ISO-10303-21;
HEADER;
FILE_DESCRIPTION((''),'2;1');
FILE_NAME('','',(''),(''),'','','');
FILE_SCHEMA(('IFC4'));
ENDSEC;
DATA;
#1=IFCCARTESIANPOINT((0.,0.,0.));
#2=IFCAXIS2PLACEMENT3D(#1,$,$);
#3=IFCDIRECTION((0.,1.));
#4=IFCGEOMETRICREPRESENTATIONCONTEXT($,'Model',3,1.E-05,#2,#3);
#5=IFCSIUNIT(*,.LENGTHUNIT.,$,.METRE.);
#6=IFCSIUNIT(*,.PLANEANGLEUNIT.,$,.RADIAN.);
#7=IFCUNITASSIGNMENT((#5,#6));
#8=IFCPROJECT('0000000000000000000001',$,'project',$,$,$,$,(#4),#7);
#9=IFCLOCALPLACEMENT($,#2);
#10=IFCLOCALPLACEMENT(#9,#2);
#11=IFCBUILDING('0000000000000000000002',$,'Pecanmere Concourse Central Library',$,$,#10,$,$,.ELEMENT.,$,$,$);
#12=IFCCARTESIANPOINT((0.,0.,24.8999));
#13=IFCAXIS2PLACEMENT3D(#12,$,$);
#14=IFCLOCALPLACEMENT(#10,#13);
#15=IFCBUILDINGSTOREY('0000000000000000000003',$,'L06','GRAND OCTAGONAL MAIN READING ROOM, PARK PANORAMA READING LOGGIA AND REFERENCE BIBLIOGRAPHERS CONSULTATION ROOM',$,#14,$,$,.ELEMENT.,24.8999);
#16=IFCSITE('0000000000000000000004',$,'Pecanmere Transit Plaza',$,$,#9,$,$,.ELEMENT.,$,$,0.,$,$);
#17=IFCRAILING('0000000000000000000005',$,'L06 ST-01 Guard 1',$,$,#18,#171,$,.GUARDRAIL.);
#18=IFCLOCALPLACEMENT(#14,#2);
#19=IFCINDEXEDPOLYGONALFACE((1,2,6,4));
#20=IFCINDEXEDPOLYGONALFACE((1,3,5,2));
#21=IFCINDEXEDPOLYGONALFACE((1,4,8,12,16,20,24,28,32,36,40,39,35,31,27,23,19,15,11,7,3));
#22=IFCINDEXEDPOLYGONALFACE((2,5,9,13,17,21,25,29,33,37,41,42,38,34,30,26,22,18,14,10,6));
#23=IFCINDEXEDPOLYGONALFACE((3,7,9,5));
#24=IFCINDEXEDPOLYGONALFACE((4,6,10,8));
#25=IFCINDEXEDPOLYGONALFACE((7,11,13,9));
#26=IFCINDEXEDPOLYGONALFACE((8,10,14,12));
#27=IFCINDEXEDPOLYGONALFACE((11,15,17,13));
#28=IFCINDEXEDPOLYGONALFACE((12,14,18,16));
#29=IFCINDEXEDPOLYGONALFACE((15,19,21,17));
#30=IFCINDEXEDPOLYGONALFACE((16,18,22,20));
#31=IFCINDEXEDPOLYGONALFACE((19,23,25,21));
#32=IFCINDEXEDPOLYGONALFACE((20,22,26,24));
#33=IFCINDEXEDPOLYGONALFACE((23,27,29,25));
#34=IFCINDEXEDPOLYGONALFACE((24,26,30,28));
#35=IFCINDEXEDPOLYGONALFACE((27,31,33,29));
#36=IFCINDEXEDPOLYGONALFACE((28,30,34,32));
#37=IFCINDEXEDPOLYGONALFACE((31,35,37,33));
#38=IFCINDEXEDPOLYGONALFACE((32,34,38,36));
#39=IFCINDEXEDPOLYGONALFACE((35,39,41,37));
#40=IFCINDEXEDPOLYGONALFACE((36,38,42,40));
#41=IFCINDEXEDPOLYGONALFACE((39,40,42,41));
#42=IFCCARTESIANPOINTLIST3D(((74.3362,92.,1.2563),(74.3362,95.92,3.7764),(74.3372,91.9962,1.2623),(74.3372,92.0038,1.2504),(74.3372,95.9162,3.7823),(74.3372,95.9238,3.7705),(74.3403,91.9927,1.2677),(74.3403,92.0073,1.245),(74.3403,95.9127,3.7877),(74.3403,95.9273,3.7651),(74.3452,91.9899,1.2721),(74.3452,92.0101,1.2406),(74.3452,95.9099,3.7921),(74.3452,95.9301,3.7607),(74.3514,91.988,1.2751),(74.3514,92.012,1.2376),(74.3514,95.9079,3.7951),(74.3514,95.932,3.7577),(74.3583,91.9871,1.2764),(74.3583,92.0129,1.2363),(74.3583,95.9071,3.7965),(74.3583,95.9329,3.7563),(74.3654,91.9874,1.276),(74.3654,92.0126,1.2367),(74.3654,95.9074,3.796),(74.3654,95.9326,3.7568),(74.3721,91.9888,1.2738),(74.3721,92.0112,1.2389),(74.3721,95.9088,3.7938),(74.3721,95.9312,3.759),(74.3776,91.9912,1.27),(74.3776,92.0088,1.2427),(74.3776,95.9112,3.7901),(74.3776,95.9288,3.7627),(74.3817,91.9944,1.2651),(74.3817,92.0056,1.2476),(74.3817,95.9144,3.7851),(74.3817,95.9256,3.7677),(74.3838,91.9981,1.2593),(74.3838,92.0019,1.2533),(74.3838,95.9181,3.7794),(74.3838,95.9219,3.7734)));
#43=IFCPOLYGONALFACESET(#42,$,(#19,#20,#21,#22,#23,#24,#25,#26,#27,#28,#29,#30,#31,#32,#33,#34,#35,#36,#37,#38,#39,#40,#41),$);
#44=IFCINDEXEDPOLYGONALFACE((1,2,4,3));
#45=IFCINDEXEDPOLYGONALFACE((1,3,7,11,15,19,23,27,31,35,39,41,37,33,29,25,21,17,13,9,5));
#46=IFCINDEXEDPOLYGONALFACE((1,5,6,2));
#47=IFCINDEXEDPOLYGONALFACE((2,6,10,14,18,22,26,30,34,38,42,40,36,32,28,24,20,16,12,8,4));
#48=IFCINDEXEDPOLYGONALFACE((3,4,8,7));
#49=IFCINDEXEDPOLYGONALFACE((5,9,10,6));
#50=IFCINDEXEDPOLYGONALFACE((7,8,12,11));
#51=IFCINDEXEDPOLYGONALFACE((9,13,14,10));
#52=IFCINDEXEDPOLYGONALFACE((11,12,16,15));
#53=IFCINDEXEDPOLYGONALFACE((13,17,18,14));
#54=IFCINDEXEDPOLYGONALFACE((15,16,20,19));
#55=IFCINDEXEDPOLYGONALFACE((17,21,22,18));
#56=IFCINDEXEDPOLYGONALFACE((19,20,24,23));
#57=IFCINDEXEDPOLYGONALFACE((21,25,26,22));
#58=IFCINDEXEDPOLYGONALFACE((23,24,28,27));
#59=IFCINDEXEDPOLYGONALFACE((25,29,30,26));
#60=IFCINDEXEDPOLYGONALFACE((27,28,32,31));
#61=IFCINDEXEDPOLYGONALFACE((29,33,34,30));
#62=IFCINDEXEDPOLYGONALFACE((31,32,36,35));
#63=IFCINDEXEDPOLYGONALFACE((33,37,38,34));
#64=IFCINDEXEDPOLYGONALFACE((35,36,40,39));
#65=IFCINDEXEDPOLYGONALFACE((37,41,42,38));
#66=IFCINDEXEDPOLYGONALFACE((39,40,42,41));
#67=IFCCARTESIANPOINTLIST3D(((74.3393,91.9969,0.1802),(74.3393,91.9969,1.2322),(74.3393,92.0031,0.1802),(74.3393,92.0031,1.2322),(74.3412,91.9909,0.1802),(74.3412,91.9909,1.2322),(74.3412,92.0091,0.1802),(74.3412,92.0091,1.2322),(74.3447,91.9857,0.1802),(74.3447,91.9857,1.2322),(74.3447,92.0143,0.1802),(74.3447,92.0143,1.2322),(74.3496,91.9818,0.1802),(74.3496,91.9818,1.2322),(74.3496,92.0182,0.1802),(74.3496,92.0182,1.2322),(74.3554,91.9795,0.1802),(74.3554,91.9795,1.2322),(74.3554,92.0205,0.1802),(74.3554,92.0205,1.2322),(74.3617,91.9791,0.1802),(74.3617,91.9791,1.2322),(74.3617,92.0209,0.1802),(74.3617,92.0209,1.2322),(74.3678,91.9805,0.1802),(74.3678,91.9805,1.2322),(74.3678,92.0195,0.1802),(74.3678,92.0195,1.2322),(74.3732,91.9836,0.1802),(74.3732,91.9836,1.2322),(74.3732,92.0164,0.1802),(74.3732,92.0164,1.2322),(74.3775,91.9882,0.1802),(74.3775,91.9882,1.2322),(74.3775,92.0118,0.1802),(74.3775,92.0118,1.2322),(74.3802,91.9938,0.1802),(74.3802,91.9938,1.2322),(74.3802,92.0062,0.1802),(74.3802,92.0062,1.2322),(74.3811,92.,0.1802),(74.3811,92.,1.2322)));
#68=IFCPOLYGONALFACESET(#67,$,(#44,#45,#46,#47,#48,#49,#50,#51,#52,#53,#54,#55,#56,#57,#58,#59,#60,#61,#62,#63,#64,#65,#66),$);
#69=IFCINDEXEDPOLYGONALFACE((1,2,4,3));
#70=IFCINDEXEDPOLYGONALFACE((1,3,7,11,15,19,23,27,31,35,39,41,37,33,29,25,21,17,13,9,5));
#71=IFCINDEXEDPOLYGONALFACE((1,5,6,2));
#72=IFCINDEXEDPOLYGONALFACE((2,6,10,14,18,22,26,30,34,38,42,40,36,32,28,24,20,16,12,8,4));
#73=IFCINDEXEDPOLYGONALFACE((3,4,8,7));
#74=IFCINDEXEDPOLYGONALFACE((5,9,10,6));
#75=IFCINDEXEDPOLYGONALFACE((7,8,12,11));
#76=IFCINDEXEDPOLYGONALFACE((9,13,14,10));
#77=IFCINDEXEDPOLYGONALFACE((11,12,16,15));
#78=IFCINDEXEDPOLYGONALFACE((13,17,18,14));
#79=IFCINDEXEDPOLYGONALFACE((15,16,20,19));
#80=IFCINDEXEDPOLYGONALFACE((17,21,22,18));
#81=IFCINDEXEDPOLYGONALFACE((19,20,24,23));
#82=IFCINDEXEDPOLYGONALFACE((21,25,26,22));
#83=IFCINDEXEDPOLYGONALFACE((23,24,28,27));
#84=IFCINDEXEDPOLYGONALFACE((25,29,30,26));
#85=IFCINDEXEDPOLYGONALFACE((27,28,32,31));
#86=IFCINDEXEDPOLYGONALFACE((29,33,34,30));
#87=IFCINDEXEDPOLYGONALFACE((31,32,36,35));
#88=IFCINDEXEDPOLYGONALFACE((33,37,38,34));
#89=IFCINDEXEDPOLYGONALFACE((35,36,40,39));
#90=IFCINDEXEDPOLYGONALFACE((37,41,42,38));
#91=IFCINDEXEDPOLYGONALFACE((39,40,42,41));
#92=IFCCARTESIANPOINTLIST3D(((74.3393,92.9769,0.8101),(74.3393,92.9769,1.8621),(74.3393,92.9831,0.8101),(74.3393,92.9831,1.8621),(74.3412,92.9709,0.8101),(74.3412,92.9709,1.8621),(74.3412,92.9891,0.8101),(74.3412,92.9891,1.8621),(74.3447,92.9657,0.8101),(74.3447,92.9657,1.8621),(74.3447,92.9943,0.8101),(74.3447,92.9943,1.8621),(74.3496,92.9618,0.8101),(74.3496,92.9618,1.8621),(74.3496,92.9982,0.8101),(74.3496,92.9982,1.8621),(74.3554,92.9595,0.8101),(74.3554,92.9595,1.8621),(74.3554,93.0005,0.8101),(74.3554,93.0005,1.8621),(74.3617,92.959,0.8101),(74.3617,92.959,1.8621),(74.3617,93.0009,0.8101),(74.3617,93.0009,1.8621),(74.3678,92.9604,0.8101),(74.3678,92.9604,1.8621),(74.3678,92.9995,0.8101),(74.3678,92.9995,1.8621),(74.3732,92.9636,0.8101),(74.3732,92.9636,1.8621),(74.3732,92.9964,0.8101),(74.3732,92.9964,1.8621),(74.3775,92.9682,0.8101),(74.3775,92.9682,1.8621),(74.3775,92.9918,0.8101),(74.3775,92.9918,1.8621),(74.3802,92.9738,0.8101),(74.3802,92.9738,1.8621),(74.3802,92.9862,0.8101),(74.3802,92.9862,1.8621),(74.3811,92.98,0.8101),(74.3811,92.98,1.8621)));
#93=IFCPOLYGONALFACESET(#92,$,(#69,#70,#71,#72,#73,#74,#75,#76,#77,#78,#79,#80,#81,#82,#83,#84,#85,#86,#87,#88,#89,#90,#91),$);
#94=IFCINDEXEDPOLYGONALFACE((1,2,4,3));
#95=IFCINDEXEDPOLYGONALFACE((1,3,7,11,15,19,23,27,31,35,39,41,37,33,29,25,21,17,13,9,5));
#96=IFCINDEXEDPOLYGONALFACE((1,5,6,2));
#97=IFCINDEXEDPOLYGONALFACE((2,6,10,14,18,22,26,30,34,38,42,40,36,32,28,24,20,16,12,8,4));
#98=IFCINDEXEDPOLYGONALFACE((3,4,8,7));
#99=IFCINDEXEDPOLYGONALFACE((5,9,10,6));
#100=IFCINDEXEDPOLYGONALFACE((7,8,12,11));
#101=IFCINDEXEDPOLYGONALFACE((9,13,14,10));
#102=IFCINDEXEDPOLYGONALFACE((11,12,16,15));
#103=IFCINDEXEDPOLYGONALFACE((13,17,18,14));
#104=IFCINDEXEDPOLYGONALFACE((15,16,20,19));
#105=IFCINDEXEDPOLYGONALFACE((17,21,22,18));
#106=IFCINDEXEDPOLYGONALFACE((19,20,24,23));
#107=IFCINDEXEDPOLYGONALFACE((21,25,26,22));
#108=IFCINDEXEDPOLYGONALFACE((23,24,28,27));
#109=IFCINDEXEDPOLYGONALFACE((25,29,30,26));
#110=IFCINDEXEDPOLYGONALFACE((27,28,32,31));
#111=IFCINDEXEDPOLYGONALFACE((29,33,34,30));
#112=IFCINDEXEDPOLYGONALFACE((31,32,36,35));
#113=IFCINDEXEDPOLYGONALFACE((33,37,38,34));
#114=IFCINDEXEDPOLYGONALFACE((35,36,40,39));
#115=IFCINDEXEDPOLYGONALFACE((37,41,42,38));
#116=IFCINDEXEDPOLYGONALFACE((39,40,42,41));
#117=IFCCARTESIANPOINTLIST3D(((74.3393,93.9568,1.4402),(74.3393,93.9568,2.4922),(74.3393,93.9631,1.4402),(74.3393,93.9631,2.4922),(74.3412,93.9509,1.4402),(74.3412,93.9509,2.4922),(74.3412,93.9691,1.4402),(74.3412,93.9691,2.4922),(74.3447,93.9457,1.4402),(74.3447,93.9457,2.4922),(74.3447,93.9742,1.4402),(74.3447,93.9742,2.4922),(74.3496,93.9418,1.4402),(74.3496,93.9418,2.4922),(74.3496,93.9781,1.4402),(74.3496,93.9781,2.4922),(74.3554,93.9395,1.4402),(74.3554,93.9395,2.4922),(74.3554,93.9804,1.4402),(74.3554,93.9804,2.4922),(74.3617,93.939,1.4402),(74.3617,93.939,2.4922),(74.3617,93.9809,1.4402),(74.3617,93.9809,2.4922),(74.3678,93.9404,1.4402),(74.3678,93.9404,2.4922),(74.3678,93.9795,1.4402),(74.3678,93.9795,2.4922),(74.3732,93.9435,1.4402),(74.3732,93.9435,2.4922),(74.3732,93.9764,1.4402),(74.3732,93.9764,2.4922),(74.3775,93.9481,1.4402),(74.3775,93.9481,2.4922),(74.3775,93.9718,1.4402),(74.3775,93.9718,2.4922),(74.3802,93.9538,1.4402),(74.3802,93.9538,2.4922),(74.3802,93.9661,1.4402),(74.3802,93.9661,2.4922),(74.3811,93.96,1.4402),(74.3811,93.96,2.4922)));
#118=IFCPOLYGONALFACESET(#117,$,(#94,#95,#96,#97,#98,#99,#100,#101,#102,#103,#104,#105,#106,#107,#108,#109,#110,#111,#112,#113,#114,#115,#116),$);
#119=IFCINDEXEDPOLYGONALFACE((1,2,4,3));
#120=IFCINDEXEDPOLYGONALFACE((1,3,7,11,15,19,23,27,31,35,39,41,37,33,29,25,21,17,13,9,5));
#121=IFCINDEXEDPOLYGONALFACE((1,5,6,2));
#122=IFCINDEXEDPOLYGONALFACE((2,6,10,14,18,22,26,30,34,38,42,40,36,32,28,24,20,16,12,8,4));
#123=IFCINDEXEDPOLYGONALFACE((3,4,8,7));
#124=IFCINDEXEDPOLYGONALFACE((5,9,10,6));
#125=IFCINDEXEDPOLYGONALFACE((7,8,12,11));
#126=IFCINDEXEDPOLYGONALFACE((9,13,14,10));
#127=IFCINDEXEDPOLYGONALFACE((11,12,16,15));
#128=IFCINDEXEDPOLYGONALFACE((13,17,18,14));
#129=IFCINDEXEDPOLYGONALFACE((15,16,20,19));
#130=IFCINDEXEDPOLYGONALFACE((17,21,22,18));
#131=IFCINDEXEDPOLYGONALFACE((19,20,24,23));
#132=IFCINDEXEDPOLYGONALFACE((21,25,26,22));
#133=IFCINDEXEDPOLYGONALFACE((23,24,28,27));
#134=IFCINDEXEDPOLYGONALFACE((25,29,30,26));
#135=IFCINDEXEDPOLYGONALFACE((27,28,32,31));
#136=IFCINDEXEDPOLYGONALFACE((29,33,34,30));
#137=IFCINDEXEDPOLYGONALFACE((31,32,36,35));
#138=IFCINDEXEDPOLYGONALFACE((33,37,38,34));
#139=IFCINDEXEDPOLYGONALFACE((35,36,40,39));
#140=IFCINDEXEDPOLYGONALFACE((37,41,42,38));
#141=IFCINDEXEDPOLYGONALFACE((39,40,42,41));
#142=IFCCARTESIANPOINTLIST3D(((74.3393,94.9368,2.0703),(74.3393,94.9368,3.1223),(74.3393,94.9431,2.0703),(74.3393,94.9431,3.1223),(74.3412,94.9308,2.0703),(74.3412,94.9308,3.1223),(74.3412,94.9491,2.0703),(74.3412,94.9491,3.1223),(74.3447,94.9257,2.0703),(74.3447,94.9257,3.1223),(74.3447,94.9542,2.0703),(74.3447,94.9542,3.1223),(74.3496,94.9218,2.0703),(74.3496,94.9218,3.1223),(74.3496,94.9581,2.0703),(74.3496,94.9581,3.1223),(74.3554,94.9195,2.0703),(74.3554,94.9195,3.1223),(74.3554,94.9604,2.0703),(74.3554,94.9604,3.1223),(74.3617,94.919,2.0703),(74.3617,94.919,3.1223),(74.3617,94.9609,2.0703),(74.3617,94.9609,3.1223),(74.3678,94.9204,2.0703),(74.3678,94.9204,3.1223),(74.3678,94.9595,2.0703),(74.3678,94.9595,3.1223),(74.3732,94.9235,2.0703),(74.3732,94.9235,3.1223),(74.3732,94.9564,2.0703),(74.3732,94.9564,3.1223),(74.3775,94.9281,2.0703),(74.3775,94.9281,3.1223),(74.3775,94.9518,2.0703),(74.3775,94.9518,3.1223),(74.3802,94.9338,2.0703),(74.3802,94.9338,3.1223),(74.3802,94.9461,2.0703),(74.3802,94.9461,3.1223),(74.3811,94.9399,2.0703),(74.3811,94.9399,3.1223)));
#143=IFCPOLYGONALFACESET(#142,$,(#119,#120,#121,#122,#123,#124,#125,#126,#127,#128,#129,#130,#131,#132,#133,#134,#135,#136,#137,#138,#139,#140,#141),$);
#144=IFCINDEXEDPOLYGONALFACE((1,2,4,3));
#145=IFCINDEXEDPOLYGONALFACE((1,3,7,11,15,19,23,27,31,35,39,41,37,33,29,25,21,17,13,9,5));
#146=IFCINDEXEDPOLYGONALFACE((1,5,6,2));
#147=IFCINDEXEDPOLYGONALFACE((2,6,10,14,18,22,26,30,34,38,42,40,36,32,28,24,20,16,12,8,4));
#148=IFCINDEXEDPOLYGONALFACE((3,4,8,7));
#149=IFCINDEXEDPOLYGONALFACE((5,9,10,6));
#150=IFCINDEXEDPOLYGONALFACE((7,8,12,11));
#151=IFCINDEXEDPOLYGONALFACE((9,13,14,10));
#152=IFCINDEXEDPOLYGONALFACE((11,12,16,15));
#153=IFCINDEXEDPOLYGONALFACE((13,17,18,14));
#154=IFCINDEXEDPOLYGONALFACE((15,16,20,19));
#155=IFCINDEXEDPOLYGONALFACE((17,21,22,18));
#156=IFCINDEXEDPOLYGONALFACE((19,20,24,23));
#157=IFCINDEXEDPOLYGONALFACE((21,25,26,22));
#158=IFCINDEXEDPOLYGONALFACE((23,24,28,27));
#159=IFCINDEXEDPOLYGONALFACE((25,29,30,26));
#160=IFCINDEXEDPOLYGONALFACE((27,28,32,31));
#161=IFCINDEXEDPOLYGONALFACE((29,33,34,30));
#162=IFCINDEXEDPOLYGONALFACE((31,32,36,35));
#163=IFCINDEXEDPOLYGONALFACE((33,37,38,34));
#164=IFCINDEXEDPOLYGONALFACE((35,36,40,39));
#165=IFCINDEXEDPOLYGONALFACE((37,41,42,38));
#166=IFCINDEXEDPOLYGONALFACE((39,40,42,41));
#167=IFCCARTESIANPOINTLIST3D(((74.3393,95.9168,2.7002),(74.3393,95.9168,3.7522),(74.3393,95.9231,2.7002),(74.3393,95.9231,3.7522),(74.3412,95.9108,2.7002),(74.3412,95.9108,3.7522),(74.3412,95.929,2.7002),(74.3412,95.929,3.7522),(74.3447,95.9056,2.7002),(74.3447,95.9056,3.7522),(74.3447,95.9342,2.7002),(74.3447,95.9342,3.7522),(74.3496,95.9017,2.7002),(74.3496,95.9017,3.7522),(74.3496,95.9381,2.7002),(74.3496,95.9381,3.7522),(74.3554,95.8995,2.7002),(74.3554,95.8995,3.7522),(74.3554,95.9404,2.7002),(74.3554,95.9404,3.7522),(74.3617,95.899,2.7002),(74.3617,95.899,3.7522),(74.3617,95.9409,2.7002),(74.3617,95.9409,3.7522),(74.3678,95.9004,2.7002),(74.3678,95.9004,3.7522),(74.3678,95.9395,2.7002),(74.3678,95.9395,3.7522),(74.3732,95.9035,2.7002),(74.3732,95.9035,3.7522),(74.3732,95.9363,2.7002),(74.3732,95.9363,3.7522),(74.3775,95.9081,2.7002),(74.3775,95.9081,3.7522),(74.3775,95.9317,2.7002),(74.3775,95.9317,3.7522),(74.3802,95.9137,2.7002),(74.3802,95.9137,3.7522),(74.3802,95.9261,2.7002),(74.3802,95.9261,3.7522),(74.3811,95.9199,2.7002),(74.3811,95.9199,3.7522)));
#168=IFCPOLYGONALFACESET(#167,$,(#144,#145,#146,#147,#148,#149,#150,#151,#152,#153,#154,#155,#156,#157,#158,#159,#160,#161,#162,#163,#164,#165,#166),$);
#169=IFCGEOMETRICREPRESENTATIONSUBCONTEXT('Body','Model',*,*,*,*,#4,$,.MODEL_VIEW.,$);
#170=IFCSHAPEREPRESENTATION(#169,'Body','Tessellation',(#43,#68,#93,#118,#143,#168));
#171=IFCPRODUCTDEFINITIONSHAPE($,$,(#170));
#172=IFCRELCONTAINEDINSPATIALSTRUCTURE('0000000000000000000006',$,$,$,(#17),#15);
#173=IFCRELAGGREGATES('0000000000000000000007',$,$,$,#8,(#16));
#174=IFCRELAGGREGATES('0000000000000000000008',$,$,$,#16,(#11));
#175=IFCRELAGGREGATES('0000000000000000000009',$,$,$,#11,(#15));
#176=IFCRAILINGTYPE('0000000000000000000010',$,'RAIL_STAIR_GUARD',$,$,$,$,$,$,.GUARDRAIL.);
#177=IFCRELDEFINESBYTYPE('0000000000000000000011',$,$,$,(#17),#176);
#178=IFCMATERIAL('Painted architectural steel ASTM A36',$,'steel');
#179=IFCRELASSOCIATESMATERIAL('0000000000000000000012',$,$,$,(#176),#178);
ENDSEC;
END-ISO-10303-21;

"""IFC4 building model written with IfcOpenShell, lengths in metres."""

from ifc_helpers import new_model, si_unit, direction, frame, origin, origin_2d, place, context, subcontext, project, spatial, circle, extrude, material, type_object, element, save


model = new_model("IFC4")

# Units and contexts
model_context = context("Model", 3, precision=1e-05, world=origin(), true_north=direction((0.0, 1.0)))
body_context = subcontext(model_context, "Body", "Model", "MODEL_VIEW")
ifc_project = project(units=[si_unit("LENGTHUNIT", "METRE"), si_unit("PLANEANGLEUNIT", "RADIAN")], contexts=[model_context])

# Site, building, storey
site_placement = place(None, origin())
site = spatial("IfcSite", under=ifc_project, at=site_placement, Name="Pecanmere Transit Plaza", CompositionType="ELEMENT", RefElevation=0.0)
building_placement = place(site_placement, origin())
building = spatial("IfcBuilding", under=site, at=building_placement, Name="Pecanmere Concourse Central Library", CompositionType="ELEMENT")
storey_placement = place(building_placement, frame((0.0, 0.0, 24.8999)))
storey = spatial("IfcBuildingStorey", under=building, at=storey_placement, Name="L06", Description="GRAND OCTAGONAL MAIN READING ROOM, PARK PANORAMA READING LOGGIA AND REFERENCE BIBLIOGRAPHERS CONSULTATION ROOM", CompositionType="ELEMENT", Elevation=24.8999)

# Railing
ifc_material_1 = material(Name="Painted architectural steel ASTM A36", Category="steel")
railing_type_1 = type_object("IfcRailingType", Name="RAIL_STAIR_GUARD", PredefinedType="GUARDRAIL", material=ifc_material_1)
railing_1_placement = place(storey_placement, frame((74.3601, 92.0, 0.1802)))
element("IfcRailing", 1, at=railing_1_placement, inside=storey, type_object=railing_type_1, Name="L06 ST-01 Guard 1", PredefinedType="GUARDRAIL", context=body_context, shape_type="SweptSolid", body=[
    extrude(circle(Radius=0.0239, at=origin_2d()), frame((0.0, 0.0, 1.0762), z_axis=(0.0, 0.841172, 0.540768), x_axis=(-1.0, 0.0, 0.0)), (0.0, 0.0, 1.0), 4.6602),
    extrude(circle(Radius=0.021, at=origin_2d()), origin(), (0.0, 0.0, 1.0), 1.052),
    extrude(circle(Radius=0.021, at=origin_2d()), frame((0.0, 0.98, 0.6299)), (0.0, 0.0, 1.0), 1.052),
    extrude(circle(Radius=0.021, at=origin_2d()), frame((0.0, 1.96, 1.26)), (0.0, 0.0, 1.0), 1.052),
    extrude(circle(Radius=0.021, at=origin_2d()), frame((0.0, 2.9399, 1.8901)), (0.0, 0.0, 1.0), 1.052),
    extrude(circle(Radius=0.021, at=origin_2d()), frame((0.0, 3.9199, 2.52)), (0.0, 0.0, 1.0), 1.052),
])

save(model, "model.ifc")
